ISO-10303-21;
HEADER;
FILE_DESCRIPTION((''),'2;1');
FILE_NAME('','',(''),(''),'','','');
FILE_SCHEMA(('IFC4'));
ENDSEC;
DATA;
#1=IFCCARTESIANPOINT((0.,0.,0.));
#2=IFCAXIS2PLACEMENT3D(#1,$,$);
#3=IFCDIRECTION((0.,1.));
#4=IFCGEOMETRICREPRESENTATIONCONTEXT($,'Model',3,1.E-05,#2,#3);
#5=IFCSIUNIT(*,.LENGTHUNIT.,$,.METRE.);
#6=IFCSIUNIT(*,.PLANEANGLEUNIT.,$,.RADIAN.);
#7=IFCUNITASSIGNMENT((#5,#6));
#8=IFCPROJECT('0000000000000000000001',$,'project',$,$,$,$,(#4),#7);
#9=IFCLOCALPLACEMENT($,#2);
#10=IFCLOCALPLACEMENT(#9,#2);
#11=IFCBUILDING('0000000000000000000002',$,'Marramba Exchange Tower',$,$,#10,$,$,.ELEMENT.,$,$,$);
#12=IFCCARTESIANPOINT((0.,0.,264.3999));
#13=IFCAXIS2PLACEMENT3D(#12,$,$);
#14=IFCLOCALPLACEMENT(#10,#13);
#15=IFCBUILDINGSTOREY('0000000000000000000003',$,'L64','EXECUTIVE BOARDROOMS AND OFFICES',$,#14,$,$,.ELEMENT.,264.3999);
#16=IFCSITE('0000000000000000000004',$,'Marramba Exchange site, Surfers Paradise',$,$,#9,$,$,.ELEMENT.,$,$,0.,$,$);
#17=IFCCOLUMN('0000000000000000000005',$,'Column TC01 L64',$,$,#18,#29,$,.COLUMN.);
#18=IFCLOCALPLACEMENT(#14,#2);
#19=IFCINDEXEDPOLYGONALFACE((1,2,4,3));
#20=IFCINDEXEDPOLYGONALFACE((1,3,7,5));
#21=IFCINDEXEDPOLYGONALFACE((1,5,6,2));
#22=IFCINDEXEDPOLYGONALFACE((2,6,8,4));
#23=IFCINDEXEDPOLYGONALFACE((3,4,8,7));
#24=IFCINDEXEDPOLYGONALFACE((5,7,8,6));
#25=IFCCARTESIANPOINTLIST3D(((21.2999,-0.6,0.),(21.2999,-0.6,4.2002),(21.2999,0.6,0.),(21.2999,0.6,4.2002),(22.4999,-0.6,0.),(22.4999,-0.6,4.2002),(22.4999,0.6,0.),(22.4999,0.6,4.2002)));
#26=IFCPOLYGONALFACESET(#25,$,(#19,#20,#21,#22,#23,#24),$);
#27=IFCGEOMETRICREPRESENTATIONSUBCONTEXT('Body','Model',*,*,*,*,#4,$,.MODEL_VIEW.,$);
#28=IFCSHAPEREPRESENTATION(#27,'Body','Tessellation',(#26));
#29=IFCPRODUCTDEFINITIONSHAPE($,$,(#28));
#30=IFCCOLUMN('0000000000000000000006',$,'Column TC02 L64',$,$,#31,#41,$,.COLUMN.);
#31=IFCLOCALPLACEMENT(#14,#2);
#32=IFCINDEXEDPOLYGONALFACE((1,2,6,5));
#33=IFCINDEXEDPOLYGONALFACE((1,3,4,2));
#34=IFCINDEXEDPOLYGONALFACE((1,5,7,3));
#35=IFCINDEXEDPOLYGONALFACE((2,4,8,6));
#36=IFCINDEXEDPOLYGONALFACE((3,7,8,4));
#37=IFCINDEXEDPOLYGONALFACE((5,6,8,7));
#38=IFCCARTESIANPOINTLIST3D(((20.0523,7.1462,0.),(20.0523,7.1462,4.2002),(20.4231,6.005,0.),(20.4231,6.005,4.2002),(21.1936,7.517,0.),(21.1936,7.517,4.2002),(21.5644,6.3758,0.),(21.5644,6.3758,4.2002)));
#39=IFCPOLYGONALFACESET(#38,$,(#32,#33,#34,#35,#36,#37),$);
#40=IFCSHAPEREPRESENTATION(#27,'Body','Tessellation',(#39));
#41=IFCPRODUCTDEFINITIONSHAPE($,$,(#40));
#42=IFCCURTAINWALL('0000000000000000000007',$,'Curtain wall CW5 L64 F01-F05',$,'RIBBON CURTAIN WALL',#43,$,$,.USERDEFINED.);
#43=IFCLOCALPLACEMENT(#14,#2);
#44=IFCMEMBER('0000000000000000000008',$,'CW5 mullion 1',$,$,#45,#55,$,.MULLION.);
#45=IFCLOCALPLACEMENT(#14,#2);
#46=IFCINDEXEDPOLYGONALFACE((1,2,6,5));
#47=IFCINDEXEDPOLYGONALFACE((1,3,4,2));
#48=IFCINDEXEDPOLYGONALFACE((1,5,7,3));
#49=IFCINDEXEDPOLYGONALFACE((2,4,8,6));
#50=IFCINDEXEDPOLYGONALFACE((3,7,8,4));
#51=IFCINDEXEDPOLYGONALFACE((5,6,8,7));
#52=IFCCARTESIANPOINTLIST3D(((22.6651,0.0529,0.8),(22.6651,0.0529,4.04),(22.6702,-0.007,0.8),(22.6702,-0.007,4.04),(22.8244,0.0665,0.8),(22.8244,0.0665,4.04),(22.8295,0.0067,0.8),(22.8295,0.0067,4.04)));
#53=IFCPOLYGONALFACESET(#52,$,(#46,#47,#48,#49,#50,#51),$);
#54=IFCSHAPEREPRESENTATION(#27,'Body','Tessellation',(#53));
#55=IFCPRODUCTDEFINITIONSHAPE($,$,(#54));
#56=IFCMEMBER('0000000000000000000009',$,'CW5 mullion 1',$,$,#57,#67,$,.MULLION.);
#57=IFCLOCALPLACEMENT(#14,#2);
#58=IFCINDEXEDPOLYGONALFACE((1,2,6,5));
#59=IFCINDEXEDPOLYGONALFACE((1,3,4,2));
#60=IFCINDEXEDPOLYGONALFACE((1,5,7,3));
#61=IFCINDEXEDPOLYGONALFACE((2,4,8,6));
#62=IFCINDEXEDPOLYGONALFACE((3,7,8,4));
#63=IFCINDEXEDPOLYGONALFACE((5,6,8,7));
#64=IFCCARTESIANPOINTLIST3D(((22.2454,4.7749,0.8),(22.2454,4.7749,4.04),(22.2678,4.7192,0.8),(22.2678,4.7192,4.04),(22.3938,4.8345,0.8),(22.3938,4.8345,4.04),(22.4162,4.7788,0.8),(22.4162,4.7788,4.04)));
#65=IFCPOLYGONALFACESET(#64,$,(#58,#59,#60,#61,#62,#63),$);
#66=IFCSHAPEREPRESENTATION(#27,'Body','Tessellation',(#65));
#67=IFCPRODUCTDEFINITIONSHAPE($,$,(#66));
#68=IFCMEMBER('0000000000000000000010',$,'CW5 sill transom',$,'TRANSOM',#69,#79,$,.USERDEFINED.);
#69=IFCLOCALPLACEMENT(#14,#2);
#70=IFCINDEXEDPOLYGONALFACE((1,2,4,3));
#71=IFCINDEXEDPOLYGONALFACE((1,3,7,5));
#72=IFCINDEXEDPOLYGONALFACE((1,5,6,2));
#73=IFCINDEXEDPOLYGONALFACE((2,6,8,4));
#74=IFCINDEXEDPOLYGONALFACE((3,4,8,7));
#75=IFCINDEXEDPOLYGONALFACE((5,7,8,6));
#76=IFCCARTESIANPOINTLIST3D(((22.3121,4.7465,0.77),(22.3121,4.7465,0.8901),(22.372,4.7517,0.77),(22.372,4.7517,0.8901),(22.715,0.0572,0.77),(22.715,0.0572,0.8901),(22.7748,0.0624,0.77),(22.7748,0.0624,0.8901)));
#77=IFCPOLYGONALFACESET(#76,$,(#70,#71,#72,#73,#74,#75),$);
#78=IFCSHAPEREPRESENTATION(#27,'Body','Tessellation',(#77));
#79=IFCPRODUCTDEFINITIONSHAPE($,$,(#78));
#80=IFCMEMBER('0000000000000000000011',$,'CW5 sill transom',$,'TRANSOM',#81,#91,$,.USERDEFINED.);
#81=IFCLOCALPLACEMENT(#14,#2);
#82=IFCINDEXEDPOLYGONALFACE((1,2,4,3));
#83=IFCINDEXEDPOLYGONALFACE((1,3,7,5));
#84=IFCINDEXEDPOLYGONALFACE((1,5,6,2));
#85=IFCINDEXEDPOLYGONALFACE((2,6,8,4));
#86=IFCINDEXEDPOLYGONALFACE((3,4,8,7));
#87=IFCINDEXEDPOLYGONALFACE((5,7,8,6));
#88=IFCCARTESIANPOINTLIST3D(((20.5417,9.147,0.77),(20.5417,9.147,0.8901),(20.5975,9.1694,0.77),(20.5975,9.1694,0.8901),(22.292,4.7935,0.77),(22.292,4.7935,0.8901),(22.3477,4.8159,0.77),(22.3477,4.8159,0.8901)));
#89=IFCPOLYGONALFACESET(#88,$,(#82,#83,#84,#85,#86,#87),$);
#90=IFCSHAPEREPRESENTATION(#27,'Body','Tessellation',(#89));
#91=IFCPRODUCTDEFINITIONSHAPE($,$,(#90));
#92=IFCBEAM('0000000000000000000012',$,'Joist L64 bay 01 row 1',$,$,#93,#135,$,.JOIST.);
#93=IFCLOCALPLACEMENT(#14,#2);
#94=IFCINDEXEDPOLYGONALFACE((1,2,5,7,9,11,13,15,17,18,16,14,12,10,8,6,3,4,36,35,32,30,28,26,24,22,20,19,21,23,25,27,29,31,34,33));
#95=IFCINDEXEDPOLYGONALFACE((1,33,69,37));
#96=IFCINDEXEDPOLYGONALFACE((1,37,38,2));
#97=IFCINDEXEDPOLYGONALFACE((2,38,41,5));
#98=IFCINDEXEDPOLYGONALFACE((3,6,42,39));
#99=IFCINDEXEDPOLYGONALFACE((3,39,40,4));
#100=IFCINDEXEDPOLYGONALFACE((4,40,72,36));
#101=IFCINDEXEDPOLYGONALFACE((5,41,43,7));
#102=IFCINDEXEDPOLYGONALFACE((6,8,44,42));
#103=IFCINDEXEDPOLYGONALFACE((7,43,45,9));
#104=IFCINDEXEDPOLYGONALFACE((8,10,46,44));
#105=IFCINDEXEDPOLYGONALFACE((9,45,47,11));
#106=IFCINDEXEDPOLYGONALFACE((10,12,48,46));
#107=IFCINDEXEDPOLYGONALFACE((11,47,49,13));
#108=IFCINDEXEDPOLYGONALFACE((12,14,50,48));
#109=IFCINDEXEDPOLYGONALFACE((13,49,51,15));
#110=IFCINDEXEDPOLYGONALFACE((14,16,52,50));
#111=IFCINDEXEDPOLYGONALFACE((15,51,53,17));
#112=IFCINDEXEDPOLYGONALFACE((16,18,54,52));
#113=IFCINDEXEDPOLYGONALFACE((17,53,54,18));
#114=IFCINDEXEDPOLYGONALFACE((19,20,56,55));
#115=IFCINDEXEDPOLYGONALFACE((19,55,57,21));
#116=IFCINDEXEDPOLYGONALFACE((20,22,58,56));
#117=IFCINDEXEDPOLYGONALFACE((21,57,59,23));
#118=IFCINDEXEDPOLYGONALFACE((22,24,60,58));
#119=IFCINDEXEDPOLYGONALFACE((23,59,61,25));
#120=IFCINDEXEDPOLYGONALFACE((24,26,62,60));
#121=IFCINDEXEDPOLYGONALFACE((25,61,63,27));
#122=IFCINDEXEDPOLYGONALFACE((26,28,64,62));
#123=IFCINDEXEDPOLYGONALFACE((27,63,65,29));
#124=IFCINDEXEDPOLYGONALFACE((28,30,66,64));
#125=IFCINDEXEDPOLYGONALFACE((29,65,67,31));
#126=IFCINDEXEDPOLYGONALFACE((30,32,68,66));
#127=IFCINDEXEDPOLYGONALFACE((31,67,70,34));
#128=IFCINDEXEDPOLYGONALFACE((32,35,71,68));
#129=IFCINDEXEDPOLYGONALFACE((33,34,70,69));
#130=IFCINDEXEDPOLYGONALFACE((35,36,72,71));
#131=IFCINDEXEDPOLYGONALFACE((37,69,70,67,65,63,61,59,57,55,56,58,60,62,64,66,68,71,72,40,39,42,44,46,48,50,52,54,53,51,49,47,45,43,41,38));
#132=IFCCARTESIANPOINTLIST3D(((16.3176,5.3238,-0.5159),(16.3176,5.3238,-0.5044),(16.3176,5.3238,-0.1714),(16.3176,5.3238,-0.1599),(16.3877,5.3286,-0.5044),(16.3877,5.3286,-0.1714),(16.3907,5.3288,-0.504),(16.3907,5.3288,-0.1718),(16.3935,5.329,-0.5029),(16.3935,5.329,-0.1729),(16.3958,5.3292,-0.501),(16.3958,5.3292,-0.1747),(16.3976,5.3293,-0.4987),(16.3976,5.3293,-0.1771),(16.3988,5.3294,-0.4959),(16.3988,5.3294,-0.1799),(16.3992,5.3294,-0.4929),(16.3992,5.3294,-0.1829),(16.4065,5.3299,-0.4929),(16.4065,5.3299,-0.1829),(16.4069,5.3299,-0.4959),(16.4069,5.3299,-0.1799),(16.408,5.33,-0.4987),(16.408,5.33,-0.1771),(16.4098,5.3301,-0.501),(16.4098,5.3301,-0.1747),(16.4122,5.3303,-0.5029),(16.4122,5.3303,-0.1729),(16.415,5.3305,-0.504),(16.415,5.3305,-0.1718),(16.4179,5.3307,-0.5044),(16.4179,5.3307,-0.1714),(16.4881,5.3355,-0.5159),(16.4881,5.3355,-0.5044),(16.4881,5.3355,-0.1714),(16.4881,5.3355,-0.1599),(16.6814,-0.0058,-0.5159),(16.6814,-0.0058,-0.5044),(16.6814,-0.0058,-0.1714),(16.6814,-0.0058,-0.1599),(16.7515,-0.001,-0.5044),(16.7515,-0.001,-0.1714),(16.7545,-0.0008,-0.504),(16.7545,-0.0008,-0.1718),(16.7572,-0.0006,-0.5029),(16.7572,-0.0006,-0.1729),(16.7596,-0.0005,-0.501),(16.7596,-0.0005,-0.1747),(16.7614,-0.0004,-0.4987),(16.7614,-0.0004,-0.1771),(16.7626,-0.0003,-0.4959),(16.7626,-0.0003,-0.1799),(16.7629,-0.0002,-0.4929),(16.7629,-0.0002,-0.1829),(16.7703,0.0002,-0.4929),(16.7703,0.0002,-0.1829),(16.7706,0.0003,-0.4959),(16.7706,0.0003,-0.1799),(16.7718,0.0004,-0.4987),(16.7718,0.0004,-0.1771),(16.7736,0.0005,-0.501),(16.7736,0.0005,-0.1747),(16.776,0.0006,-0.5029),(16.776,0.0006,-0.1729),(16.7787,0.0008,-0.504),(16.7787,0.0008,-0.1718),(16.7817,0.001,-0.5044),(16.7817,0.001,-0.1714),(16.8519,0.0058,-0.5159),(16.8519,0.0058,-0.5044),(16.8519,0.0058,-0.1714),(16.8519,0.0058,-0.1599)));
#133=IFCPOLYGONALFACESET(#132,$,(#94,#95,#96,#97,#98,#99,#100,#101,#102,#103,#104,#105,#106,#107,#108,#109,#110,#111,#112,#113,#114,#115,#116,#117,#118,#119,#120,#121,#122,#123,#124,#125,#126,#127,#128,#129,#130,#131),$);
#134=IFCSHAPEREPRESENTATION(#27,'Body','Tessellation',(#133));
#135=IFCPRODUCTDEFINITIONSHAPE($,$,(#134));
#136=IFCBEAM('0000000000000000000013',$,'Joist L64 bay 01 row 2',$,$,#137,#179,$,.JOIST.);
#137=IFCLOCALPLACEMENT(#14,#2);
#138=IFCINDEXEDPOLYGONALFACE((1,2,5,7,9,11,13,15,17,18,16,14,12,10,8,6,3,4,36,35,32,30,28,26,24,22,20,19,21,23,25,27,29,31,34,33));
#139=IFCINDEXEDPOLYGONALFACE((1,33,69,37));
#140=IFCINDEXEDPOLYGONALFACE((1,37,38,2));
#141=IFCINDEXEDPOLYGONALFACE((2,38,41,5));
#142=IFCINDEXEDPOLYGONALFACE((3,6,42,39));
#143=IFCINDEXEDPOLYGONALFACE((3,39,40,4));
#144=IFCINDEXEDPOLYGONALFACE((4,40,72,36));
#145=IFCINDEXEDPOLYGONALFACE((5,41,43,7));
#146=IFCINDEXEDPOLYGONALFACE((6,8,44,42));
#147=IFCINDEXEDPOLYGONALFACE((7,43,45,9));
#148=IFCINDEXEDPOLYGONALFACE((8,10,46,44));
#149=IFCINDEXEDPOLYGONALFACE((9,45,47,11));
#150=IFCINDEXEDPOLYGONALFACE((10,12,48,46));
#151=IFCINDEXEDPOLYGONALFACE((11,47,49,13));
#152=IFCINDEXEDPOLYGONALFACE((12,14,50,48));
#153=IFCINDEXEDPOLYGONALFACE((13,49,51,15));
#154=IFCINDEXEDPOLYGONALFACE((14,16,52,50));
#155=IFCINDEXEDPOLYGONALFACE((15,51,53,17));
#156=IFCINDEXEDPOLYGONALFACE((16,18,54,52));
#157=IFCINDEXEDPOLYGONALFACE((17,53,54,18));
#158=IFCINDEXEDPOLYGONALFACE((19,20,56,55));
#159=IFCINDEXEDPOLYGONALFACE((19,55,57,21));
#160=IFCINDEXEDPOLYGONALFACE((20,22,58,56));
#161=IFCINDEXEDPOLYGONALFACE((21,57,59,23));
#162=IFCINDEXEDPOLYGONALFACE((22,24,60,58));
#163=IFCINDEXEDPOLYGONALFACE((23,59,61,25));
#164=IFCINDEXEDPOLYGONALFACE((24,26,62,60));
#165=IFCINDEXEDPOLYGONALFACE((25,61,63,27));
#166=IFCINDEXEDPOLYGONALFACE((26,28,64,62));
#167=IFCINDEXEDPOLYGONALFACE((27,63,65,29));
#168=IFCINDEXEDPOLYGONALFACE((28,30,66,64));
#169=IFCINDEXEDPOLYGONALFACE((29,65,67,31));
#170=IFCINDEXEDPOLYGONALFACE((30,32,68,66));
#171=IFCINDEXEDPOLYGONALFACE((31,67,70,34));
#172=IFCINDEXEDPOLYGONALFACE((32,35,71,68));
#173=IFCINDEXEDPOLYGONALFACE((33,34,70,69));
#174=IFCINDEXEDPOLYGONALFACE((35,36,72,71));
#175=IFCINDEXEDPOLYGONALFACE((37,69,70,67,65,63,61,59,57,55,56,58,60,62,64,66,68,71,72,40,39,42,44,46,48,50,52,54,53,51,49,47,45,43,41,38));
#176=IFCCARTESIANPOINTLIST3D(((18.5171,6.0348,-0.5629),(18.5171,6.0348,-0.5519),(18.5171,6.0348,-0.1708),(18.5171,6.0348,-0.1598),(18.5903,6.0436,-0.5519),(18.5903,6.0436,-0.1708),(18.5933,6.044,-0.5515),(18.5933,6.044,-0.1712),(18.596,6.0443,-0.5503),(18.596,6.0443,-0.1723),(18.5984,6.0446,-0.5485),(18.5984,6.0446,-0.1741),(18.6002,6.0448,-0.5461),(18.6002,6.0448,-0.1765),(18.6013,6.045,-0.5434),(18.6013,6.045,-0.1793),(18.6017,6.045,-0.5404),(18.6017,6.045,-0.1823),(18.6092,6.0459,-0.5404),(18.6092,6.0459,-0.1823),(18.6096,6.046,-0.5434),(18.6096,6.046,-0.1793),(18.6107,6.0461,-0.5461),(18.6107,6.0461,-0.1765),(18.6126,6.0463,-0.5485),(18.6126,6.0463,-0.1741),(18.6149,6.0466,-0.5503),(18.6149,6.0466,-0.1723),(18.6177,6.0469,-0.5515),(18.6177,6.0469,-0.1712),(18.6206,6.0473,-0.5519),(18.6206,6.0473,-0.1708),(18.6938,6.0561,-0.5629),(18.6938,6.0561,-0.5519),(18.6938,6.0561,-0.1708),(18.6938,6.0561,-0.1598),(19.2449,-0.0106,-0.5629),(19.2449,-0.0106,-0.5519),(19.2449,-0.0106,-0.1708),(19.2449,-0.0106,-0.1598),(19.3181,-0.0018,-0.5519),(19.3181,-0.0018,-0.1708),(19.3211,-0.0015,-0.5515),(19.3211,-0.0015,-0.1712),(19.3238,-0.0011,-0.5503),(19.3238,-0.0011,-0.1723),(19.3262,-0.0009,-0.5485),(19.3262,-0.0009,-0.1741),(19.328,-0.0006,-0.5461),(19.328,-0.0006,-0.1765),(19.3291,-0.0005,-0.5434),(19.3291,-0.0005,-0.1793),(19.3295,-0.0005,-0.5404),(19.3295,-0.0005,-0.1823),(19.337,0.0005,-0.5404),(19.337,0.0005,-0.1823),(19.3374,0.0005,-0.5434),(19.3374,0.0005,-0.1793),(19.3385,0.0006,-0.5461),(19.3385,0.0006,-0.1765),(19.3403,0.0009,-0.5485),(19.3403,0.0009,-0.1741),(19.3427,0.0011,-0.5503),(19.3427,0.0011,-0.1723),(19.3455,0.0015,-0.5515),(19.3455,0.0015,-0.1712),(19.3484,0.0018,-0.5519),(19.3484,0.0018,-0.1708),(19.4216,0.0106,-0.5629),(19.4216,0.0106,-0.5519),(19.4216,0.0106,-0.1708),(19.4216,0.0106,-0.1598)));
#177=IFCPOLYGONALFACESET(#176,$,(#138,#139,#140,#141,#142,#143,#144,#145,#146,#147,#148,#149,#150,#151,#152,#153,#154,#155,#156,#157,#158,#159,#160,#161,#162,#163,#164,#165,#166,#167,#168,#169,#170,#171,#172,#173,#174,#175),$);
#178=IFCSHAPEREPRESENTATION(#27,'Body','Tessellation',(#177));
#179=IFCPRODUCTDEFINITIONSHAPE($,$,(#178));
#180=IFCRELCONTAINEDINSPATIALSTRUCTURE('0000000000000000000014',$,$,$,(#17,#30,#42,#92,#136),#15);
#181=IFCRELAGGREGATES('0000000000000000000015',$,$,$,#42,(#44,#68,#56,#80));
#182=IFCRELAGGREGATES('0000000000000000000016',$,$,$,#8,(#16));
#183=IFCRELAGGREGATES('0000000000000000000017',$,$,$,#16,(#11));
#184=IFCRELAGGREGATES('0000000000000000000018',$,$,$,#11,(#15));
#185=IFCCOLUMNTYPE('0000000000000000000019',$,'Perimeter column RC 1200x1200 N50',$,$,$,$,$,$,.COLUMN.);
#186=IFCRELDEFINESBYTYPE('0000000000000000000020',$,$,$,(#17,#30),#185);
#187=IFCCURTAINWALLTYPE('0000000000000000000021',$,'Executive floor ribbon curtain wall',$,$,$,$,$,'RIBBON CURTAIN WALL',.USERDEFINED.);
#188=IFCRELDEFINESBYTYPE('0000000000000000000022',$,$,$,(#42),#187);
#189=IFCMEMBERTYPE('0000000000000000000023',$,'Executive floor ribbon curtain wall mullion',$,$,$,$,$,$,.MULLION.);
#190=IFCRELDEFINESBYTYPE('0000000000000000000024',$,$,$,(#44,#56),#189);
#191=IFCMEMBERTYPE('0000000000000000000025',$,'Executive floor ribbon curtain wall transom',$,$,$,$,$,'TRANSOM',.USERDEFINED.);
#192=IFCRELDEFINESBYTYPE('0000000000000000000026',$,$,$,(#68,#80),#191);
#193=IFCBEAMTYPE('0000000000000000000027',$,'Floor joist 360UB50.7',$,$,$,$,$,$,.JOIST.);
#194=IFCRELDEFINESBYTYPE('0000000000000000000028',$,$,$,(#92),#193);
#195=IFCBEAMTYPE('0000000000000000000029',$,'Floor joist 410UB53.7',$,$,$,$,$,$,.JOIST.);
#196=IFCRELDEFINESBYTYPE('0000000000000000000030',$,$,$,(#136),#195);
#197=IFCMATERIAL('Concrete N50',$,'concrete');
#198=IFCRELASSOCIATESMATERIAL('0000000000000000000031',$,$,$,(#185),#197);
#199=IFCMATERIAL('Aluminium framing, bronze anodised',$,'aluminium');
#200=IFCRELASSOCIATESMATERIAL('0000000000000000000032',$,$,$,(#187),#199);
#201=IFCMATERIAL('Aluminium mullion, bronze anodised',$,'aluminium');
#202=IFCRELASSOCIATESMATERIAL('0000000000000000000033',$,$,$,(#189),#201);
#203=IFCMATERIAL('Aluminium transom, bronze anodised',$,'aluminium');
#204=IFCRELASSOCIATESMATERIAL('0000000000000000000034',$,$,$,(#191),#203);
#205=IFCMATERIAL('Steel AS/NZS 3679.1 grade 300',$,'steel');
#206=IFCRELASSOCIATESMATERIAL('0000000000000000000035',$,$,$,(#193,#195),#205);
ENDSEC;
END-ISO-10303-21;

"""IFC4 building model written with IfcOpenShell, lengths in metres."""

from ifc_helpers import new_model, si_unit, direction, frame, origin, origin_2d, place, context, subcontext, project, spatial, rectangle, i_section, extrude, material, material_profile, profile_set, type_object, element, aggregate, save


model = new_model("IFC4")

# Units and contexts
model_context = context("Model", 3, precision=1e-05, world=origin(), true_north=direction((0.0, 1.0)))
body_context = subcontext(model_context, "Body", "Model", "MODEL_VIEW")
ifc_project = project(units=[si_unit("LENGTHUNIT", "METRE"), si_unit("PLANEANGLEUNIT", "RADIAN")], contexts=[model_context])

# Site, building, storey
site_placement = place(None, origin())
site = spatial("IfcSite", under=ifc_project, at=site_placement, Name="Marramba Exchange site, Surfers Paradise", CompositionType="ELEMENT", RefElevation=0.0)
building_placement = place(site_placement, origin())
building = spatial("IfcBuilding", under=site, at=building_placement, Name="Marramba Exchange Tower", CompositionType="ELEMENT")
storey_placement = place(building_placement, frame((0.0, 0.0, 264.3999)))
storey = spatial("IfcBuildingStorey", under=building, at=storey_placement, Name="L64", Description="EXECUTIVE BOARDROOMS AND OFFICES", CompositionType="ELEMENT", Elevation=264.3999)

# Columns
ifc_material_1 = material(Name="Concrete N50", Category="concrete")
ifc_material_profile_1 = material_profile(ifc_material_1, rectangle(XDim=1.2, YDim=1.2, at=origin_2d()), Name="RC 1200x1200")
ifc_profile_set_1 = profile_set([ifc_material_profile_1], Name="Concrete N50")
column_type = type_object("IfcColumnType", Name="Perimeter column RC 1200x1200 N50", PredefinedType="COLUMN", material=ifc_profile_set_1)
for number, where, z_axis, x_axis, name in (
    (1, (21.8999, 0.0, 0.0), (0.0, 0.0, 1.0), (1.0, 0.0, 0.0), "Column TC01 L64"),
    (2, (20.8083, 6.761, 0.0), (0.0, 0.0, 1.0), (0.951057, 0.309017, 0.0), "Column TC02 L64"),
):
    element("IfcColumn", number, at=place(storey_placement, frame(where, z_axis=z_axis, x_axis=x_axis)), inside=storey, type_object=column_type, Name=name, PredefinedType="COLUMN", context=body_context, shape_type="SweptSolid", body=[
        extrude(rectangle(XDim=1.2, YDim=1.2, at=origin_2d()), origin(), (0.0, 0.0, 1.0), 4.2002),
    ])

# Curtain wall, members
ifc_material_2 = material(Name="Aluminium framing, bronze anodised", Category="aluminium")
curtain_wall_type = type_object("IfcCurtainWallType", Name="Executive floor ribbon curtain wall", ElementType="RIBBON CURTAIN WALL", PredefinedType="USERDEFINED", material=ifc_material_2)
curtain_wall_placement = place(storey_placement, origin())
curtain_wall = element("IfcCurtainWall", 3, at=curtain_wall_placement, inside=storey, type_object=curtain_wall_type, Name="Curtain wall CW5 L64 F01-F05", ObjectType="RIBBON CURTAIN WALL", PredefinedType="USERDEFINED")
ifc_material_3 = material(Name="Aluminium mullion, bronze anodised", Category="aluminium")
ifc_material_profile_2 = material_profile(ifc_material_3, rectangle(XDim=0.1599, YDim=0.0601, at=origin_2d()), Name="CW5 mullion 60x160")
ifc_profile_set_2 = profile_set([ifc_material_profile_2], Name="Aluminium mullion, bronze anodised")
member_type_1 = type_object("IfcMemberType", Name="Executive floor ribbon curtain wall mullion", PredefinedType="MULLION", material=ifc_profile_set_2)
member_1_placement = place(storey_placement, frame((22.7473, 0.0298, 0.8), z_axis=(0.0, 0.0, 1.0), x_axis=(-0.996332, -0.085574, 0.0)))
member_1 = element("IfcMember", 4, at=member_1_placement, type_object=member_type_1, Name="CW5 mullion 1", PredefinedType="MULLION", context=body_context, shape_type="SweptSolid", body=[
    extrude(rectangle(XDim=0.1599, YDim=0.0601, at=origin_2d()), origin(), (0.0, 0.0, 1.0), 3.24),
])
member_2_placement = place(storey_placement, frame((22.3308, 4.7769, 0.8), z_axis=(0.0, 0.0, 1.0), x_axis=(-0.927838, -0.372983, 0.0)))
member_2 = element("IfcMember", 5, at=member_2_placement, type_object=member_type_1, Name="CW5 mullion 1", PredefinedType="MULLION", context=body_context, shape_type="SweptSolid", body=[
    extrude(rectangle(XDim=0.1599, YDim=0.0601, at=origin_2d()), origin(), (0.0, 0.0, 1.0), 3.24),
])
ifc_material_4 = material(Name="Aluminium transom, bronze anodised", Category="aluminium")
ifc_material_profile_3 = material_profile(ifc_material_4, rectangle(XDim=0.0601, YDim=0.1201, at=origin_2d()), Name="CW5 transom 60x120")
ifc_profile_set_3 = profile_set([ifc_material_profile_3], Name="Aluminium transom, bronze anodised")
member_type_2 = type_object("IfcMemberType", Name="Executive floor ribbon curtain wall transom", ElementType="TRANSOM", PredefinedType="USERDEFINED", material=ifc_profile_set_3)
member_3_placement = place(storey_placement, frame((22.7449, 0.0598, 0.8301), z_axis=(-0.085591, 0.99633, 0.0), x_axis=(-0.99633, -0.085591, 0.0)))
member_3 = element("IfcMember", 6, at=member_3_placement, type_object=member_type_2, Name="CW5 sill transom", ObjectType="TRANSOM", PredefinedType="USERDEFINED", context=body_context, shape_type="SweptSolid", body=[
    extrude(rectangle(XDim=0.0601, YDim=0.1201, at=origin_2d()), origin(), (0.0, 0.0, 1.0), 4.7065),
])
member_4_placement = place(storey_placement, frame((22.3198, 4.8047, 0.8301), z_axis=(-0.373014, 0.927826, 0.0), x_axis=(-0.927826, -0.373014, 0.0)))
member_4 = element("IfcMember", 7, at=member_4_placement, type_object=member_type_2, Name="CW5 sill transom", ObjectType="TRANSOM", PredefinedType="USERDEFINED", context=body_context, shape_type="SweptSolid", body=[
    extrude(rectangle(XDim=0.0601, YDim=0.1201, at=origin_2d()), origin(), (0.0, 0.0, 1.0), 4.6921),
])

# Beams
ifc_material_5 = material(Name="Steel AS/NZS 3679.1 grade 300", Category="steel")
ifc_material_profile_4 = material_profile(ifc_material_5, i_section(OverallWidth=0.1709, OverallDepth=0.356, WebThickness=0.0073, FlangeThickness=0.0115, FilletRadius=0.0115, at=origin_2d()), Name="360UB50.7")
ifc_profile_set_4 = profile_set([ifc_material_profile_4], Name="Steel AS/NZS 3679.1 grade 300")
beam_type_1 = type_object("IfcBeamType", Name="Floor joist 360UB50.7", PredefinedType="JOIST", material=ifc_profile_set_4)
beam_1_placement = place(storey_placement, frame((16.7666, 0.0, -0.3379), z_axis=(-0.068096, 0.997679, 0.0), x_axis=(-0.997679, -0.068096, 0.0)))
element("IfcBeam", 8, at=beam_1_placement, inside=storey, type_object=beam_type_1, Name="Joist L64 bay 01 row 1", PredefinedType="JOIST", context=body_context, shape_type="SweptSolid", body=[
    extrude(i_section(OverallWidth=0.1709, OverallDepth=0.356, WebThickness=0.0073, FlangeThickness=0.0115, FilletRadius=0.0115, at=origin_2d()), origin(), (0.0, 0.0, 1.0), 5.342),
])
ifc_material_profile_5 = material_profile(ifc_material_5, i_section(OverallWidth=0.178, OverallDepth=0.4031, WebThickness=0.0076, FlangeThickness=0.011, FilletRadius=0.0115, at=origin_2d()), Name="410UB53.7")
ifc_profile_set_5 = profile_set([ifc_material_profile_5], Name="Steel AS/NZS 3679.1 grade 300")
beam_type_2 = type_object("IfcBeamType", Name="Floor joist 410UB53.7", PredefinedType="JOIST", material=ifc_profile_set_5)
beam_2_placement = place(storey_placement, frame((19.3333, 0.0, -0.3613), z_axis=(-0.119523, 0.992831, 0.0), x_axis=(-0.992831, -0.119523, 0.0)))
element("IfcBeam", 9, at=beam_2_placement, inside=storey, type_object=beam_type_2, Name="Joist L64 bay 01 row 2", PredefinedType="JOIST", context=body_context, shape_type="SweptSolid", body=[
    extrude(i_section(OverallWidth=0.178, OverallDepth=0.4031, WebThickness=0.0076, FlangeThickness=0.011, FilletRadius=0.0115, at=origin_2d()), origin(), (0.0, 0.0, 1.0), 6.0891),
])

aggregate(curtain_wall, [member_1, member_3, member_2, member_4])

save(model, "model.ifc")
